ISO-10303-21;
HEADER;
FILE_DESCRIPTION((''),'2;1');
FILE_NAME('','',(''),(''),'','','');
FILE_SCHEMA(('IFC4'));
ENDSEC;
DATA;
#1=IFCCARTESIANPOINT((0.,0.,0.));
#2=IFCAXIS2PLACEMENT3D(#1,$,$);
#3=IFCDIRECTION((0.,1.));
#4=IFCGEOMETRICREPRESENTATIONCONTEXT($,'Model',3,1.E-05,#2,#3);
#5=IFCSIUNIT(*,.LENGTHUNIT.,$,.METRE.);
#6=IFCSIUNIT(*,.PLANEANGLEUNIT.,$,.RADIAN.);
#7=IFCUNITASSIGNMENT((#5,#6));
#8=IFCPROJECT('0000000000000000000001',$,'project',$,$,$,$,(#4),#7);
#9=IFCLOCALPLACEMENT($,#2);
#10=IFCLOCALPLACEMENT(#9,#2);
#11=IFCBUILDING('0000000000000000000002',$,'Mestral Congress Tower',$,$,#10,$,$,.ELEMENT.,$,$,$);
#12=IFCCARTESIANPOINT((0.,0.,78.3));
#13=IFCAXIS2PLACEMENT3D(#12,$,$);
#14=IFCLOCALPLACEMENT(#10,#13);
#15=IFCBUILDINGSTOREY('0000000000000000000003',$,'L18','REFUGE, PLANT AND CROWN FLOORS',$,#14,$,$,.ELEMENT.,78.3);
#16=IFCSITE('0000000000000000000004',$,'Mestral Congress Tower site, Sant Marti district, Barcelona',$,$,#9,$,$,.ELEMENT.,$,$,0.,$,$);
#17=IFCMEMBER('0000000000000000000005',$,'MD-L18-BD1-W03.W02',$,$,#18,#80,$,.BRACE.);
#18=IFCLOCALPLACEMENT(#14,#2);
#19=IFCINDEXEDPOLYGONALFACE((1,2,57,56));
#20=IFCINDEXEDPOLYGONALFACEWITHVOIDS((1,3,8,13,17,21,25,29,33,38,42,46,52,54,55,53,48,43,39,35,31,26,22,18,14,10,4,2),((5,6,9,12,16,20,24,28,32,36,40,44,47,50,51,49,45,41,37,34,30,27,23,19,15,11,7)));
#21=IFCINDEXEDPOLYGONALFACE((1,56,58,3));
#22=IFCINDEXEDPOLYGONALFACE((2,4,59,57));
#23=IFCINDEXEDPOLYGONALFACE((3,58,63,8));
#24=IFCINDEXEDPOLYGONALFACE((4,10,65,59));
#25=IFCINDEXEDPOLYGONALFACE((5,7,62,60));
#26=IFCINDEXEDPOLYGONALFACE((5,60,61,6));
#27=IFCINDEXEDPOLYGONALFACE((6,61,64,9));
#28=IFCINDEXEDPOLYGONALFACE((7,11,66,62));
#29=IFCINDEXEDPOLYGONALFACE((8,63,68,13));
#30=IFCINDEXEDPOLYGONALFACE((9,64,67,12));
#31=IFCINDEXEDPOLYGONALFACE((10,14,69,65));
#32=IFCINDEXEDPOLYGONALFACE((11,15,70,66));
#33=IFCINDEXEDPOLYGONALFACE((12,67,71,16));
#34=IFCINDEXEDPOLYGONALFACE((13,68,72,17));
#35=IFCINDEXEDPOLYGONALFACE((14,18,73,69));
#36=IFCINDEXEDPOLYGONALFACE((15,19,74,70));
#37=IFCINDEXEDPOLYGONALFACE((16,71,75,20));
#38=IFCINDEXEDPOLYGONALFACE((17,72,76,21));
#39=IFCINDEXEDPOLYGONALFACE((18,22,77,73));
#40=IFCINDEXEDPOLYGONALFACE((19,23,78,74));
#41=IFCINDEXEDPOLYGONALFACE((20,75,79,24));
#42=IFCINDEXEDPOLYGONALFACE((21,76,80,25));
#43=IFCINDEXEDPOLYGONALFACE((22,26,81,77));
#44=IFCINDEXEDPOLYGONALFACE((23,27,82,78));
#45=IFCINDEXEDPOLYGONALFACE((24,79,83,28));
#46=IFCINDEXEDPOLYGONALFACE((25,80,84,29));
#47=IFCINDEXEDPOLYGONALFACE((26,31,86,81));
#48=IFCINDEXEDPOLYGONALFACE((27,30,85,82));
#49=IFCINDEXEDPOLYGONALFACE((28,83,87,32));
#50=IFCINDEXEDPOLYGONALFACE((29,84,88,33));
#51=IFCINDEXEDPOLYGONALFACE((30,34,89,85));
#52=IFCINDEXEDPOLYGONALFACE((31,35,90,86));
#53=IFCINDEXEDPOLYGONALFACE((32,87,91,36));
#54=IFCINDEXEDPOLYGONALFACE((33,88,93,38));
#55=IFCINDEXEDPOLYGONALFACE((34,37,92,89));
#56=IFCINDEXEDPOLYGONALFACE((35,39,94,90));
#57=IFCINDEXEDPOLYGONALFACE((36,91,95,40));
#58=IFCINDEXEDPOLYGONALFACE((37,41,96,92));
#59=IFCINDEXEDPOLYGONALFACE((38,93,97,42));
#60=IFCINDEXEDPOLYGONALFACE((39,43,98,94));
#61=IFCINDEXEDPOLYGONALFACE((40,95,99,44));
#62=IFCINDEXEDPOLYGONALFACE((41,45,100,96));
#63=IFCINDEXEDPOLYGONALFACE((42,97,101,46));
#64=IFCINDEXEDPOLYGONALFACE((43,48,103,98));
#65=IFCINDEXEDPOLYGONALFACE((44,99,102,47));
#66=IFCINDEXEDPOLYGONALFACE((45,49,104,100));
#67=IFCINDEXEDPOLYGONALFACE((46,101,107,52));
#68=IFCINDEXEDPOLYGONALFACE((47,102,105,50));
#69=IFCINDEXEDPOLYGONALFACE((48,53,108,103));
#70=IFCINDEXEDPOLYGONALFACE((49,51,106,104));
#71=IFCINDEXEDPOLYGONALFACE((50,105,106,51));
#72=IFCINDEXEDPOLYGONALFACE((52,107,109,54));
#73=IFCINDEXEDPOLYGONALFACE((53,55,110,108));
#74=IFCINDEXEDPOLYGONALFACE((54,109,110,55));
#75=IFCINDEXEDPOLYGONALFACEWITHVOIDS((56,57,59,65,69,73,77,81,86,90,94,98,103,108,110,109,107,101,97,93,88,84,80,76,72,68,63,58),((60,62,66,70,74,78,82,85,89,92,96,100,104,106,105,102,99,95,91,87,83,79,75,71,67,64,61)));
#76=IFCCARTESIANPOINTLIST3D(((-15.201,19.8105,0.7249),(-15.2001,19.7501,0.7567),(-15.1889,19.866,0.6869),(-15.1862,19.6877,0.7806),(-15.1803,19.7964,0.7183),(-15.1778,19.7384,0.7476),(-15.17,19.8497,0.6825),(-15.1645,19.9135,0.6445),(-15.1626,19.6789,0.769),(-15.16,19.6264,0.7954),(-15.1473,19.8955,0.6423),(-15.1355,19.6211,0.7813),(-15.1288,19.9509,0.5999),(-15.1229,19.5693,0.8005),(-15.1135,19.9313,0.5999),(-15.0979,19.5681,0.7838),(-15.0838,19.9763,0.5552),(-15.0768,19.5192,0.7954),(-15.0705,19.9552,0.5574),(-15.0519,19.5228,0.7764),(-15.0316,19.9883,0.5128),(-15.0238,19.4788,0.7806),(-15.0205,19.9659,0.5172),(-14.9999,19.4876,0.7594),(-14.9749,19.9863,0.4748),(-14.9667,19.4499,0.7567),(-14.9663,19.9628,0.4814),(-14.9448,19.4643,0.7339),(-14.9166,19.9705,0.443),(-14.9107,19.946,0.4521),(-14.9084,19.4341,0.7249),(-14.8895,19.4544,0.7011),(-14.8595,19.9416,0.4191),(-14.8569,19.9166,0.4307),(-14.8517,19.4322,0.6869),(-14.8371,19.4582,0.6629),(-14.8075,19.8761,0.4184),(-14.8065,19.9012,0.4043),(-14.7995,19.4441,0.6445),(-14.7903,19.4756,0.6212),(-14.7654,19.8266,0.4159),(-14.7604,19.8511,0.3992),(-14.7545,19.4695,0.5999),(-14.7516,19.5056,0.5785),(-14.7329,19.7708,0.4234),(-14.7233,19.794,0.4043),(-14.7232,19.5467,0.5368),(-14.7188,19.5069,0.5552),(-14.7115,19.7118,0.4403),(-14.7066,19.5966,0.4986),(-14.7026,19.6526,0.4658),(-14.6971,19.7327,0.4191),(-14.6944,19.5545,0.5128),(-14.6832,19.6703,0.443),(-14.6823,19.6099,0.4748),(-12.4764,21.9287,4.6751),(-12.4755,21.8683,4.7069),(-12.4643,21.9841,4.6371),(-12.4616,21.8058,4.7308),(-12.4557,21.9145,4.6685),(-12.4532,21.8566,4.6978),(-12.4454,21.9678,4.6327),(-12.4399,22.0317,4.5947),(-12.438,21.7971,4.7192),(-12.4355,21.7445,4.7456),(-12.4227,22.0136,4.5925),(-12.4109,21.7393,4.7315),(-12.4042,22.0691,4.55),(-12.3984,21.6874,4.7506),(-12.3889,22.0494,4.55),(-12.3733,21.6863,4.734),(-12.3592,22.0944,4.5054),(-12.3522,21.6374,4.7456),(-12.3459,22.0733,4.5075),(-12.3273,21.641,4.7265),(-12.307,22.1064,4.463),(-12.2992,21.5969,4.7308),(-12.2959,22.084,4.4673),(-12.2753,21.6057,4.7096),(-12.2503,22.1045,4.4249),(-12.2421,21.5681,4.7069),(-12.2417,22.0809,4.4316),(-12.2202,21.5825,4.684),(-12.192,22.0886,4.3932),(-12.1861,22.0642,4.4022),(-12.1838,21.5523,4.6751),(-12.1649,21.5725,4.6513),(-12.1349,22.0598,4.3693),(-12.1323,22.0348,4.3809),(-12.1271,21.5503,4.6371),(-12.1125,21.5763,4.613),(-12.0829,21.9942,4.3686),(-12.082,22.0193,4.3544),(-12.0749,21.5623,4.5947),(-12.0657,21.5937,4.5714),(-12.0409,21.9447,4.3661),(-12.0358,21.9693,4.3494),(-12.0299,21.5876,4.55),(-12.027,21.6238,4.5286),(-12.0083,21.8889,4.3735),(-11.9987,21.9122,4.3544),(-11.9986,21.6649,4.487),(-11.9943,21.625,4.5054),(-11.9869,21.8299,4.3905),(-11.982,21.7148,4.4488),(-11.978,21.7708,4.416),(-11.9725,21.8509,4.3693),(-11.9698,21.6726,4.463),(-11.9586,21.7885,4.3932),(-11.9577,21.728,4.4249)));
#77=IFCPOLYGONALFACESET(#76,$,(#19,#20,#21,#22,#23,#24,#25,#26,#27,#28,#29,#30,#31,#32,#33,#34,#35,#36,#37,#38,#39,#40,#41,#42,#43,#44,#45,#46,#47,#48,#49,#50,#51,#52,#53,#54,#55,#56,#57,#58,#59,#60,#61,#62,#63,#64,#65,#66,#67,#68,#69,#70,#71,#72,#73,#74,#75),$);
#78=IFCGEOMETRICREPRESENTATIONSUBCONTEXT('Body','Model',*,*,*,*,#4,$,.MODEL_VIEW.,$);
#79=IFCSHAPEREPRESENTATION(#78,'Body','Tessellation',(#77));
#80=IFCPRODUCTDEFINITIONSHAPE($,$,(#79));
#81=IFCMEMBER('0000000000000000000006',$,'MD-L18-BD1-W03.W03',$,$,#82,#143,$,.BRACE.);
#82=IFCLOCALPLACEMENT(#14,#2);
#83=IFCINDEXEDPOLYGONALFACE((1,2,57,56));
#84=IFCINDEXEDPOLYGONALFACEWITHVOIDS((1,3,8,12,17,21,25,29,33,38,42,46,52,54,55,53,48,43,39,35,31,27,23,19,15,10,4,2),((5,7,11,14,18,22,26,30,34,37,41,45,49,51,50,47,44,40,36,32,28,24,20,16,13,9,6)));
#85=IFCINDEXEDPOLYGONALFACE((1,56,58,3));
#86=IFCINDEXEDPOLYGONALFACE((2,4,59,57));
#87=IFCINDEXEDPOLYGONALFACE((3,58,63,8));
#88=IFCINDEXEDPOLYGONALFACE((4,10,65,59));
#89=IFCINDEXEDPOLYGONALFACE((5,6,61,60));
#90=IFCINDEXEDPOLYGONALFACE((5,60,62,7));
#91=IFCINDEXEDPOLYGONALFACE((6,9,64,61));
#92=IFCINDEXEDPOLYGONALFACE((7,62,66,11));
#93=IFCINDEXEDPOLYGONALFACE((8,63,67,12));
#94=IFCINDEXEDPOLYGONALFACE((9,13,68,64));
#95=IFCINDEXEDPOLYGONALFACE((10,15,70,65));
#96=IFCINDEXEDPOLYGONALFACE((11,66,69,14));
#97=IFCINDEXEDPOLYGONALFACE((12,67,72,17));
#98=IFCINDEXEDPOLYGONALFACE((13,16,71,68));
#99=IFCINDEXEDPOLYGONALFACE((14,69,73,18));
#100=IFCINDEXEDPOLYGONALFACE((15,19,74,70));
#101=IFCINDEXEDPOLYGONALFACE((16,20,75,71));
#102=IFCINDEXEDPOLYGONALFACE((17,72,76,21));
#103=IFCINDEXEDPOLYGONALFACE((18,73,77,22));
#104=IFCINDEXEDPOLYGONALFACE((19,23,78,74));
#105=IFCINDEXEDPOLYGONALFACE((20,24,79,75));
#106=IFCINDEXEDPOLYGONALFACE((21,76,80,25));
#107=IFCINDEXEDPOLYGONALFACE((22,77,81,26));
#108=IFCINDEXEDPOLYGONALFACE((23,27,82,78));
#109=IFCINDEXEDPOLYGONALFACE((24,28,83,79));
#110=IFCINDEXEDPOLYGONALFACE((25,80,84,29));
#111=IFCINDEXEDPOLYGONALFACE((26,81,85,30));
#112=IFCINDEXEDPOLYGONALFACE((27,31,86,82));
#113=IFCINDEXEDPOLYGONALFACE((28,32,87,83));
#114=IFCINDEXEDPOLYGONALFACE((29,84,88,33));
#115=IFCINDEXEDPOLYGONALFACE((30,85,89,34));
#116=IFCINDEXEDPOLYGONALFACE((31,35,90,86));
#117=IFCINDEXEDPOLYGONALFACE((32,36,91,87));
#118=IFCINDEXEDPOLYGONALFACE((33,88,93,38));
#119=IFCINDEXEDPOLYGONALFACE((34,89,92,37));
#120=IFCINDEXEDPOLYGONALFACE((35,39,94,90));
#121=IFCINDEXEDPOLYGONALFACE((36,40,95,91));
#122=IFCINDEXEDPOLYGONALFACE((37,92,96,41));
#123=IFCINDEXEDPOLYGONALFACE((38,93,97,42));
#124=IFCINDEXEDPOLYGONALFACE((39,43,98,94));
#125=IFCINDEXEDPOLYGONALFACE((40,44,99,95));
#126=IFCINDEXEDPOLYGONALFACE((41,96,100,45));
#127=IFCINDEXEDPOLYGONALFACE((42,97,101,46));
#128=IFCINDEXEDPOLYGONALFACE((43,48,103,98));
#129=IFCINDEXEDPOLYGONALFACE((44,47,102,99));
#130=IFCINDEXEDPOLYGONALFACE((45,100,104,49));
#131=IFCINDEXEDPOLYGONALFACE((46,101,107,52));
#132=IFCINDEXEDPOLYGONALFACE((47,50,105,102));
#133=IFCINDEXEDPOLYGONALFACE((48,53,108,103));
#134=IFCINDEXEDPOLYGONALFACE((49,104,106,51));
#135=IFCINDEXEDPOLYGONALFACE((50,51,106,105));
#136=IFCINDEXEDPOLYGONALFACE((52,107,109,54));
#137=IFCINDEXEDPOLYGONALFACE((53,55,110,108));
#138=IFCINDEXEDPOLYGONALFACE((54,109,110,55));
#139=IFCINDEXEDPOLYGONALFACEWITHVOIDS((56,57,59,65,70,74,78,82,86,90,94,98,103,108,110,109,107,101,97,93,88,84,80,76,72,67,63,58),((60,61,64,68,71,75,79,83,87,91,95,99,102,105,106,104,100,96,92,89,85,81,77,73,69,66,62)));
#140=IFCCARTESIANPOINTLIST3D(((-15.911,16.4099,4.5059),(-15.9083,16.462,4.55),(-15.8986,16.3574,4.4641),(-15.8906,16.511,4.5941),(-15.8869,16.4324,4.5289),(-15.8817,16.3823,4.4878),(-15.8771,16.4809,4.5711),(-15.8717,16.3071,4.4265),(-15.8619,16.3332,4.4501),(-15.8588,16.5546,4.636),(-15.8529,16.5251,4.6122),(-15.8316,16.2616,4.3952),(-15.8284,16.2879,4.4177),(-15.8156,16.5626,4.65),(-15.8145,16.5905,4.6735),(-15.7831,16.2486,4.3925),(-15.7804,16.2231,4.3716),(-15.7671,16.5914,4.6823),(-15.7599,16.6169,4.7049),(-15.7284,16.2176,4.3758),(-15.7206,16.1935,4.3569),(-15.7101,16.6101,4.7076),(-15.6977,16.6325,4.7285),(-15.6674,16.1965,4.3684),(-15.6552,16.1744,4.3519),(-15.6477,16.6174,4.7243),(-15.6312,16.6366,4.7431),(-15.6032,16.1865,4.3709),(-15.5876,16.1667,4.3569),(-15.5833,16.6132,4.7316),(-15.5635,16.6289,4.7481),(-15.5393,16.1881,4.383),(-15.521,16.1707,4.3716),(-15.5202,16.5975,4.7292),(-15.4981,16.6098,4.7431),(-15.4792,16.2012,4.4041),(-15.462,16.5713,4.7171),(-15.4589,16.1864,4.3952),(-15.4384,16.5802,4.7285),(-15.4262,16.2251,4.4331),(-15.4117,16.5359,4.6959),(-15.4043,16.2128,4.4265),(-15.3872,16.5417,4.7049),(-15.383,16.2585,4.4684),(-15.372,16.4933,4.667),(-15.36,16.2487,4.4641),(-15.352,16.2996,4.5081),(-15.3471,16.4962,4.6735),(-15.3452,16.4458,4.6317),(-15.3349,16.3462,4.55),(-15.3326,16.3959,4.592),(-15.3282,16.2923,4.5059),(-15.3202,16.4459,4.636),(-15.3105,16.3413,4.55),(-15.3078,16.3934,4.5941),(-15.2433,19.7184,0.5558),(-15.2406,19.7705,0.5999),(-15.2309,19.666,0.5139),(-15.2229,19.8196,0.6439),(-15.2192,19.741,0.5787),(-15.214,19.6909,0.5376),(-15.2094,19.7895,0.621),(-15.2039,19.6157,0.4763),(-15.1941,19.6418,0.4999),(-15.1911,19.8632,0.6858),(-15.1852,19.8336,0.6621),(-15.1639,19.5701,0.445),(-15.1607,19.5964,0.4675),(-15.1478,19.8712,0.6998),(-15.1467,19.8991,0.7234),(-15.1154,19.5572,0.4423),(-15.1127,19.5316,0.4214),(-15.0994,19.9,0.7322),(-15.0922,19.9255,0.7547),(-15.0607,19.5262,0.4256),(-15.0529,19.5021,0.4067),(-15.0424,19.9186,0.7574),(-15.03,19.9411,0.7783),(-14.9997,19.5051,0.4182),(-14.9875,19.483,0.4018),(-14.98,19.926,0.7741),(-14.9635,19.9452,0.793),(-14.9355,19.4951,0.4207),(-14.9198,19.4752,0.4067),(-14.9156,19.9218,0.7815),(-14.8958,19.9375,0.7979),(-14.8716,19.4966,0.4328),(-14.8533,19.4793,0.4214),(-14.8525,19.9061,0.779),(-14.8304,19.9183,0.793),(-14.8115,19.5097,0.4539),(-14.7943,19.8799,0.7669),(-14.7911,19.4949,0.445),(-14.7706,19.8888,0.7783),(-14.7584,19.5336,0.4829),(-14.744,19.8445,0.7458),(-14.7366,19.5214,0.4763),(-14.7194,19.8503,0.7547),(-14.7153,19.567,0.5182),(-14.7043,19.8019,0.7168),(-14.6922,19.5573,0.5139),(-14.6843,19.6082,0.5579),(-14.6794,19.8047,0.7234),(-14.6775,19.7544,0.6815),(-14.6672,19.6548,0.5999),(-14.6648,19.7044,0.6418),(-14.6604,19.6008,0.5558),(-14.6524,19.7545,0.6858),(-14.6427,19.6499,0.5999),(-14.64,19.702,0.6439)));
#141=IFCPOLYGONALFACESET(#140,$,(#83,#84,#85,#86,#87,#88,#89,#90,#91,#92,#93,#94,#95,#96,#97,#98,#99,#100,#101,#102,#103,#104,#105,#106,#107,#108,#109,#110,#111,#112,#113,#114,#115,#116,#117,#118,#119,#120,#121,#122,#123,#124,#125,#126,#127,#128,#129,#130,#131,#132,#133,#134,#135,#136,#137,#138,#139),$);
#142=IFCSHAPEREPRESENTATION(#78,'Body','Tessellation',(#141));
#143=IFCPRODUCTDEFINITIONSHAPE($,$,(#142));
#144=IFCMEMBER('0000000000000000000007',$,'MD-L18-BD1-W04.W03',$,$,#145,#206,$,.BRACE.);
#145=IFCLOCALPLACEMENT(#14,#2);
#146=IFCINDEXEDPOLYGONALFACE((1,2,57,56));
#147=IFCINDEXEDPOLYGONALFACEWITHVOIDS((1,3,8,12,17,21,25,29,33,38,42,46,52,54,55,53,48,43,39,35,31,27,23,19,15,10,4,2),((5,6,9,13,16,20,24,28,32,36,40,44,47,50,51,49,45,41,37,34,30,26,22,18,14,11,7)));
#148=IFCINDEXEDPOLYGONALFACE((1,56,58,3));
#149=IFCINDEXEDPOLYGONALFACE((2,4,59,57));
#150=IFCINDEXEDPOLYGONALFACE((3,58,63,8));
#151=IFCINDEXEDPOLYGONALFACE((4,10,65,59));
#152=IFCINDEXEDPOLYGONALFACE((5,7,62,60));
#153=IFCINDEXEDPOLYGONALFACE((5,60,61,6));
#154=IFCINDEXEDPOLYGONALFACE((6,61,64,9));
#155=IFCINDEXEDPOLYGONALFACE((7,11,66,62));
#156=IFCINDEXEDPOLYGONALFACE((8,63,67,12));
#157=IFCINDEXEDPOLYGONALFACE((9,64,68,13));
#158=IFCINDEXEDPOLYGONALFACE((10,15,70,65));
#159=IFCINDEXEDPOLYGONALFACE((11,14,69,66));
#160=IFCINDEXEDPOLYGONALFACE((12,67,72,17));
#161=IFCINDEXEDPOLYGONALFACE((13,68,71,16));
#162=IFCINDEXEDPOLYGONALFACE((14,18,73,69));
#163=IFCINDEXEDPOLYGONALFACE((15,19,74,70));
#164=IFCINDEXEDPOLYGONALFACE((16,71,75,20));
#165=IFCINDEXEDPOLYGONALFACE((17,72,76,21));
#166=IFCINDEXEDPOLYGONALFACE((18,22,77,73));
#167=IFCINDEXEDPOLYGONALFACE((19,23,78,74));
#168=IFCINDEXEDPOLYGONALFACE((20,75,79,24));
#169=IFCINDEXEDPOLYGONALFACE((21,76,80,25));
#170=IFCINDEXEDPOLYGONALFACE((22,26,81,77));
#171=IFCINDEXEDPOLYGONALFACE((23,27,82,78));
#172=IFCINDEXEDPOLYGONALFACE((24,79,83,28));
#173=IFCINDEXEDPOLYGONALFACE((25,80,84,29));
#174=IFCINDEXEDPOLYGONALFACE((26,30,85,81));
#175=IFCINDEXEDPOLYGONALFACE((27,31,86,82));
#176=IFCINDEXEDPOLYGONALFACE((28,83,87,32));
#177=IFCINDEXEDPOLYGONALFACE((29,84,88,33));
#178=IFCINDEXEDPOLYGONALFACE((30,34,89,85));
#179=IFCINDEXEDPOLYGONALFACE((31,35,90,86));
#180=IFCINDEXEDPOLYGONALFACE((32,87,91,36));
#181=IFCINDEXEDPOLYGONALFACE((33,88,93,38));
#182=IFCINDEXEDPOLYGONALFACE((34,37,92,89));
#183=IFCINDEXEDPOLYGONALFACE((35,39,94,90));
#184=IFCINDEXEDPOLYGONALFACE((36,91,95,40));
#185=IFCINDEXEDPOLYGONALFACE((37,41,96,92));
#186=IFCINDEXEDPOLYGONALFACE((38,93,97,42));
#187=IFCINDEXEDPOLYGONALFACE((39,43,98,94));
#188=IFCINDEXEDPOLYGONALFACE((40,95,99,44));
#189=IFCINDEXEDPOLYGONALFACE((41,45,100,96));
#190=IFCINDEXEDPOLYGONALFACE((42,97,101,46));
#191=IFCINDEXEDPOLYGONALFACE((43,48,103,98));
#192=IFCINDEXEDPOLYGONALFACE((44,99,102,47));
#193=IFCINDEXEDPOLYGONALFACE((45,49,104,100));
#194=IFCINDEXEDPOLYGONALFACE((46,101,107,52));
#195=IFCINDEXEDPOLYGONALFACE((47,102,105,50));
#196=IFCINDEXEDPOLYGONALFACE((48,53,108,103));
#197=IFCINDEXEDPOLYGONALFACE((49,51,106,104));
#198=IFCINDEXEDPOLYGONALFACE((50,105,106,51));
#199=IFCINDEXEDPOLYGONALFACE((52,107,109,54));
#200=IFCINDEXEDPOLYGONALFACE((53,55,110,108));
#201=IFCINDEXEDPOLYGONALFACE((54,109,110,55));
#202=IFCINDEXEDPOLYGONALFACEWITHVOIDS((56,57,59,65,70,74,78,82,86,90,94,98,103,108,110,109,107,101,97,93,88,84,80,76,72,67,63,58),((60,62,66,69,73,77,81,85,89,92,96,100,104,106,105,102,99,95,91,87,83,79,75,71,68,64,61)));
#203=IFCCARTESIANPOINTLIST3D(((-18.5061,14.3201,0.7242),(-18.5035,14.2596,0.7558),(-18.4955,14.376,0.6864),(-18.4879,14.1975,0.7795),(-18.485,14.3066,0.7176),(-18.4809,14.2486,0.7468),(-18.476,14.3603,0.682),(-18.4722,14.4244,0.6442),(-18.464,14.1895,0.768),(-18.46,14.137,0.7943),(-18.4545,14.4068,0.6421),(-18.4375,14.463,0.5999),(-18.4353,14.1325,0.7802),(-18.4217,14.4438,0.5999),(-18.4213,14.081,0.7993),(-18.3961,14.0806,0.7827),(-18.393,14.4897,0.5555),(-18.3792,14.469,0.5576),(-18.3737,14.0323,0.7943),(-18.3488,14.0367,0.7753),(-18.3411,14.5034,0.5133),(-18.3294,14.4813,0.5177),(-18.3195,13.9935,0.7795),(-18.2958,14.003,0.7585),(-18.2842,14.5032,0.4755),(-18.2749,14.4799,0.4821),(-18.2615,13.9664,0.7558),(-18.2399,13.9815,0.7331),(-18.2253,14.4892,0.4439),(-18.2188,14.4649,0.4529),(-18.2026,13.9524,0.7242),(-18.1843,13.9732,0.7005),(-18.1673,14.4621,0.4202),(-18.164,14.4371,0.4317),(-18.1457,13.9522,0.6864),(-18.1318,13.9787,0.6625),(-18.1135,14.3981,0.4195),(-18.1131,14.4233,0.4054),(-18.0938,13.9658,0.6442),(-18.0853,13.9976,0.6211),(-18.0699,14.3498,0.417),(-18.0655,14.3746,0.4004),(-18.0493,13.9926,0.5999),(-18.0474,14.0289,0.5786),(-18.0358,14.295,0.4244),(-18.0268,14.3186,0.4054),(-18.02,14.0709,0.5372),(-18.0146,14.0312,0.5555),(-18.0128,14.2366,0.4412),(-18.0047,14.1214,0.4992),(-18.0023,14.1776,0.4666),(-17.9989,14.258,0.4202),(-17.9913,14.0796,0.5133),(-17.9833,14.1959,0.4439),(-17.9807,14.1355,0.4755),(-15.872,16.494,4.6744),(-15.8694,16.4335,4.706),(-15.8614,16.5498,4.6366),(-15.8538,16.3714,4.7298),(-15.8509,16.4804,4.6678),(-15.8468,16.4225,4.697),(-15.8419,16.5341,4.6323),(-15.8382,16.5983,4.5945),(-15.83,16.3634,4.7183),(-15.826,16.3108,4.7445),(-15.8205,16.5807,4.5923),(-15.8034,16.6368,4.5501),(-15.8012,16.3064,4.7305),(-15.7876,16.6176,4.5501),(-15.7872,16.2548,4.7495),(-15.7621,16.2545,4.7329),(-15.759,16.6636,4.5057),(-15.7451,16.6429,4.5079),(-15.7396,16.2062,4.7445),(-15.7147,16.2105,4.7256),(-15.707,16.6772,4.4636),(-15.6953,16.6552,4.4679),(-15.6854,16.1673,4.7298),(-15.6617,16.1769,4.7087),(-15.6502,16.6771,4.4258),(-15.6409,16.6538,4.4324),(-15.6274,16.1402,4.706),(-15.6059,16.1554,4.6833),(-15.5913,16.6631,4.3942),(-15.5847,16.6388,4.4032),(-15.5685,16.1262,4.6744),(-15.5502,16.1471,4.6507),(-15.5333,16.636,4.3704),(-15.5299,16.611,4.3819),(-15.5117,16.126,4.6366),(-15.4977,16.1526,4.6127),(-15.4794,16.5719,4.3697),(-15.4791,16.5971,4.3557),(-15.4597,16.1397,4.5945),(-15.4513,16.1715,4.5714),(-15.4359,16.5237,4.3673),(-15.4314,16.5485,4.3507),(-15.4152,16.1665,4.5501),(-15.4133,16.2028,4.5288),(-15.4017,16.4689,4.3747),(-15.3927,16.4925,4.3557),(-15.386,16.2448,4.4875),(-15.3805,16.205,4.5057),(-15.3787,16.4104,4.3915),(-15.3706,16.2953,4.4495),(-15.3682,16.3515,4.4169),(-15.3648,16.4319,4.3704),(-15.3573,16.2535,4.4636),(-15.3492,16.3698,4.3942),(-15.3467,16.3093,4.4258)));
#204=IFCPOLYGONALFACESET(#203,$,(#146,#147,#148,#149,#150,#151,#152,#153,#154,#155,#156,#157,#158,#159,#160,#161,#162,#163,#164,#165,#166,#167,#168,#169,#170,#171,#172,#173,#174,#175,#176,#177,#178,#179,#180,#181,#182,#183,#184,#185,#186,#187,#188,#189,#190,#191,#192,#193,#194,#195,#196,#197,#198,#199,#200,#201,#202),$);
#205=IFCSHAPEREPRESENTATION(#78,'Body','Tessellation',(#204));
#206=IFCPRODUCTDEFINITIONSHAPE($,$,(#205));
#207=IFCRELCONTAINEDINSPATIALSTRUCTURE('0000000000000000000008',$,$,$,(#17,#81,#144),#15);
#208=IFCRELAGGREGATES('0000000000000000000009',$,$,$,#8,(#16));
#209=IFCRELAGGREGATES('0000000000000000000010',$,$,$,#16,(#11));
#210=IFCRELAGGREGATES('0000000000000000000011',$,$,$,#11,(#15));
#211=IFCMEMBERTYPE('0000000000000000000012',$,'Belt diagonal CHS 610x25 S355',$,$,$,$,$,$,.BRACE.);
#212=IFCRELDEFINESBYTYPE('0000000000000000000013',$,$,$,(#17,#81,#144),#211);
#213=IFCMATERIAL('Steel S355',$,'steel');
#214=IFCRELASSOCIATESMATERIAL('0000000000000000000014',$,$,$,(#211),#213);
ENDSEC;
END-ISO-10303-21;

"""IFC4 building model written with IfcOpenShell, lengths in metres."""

from ifc_helpers import new_model, si_unit, direction, frame, origin, origin_2d, place, context, subcontext, project, spatial, hollow_circle, extrude, material, material_profile, profile_set, type_object, element, save


model = new_model("IFC4")

# Units and contexts
model_context = context("Model", 3, precision=1e-05, world=origin(), true_north=direction((0.0, 1.0)))
body_context = subcontext(model_context, "Body", "Model", "MODEL_VIEW")
ifc_project = project(units=[si_unit("LENGTHUNIT", "METRE"), si_unit("PLANEANGLEUNIT", "RADIAN")], contexts=[model_context])

# Site, building, storey
site_placement = place(None, origin())
site = spatial("IfcSite", under=ifc_project, at=site_placement, Name="Mestral Congress Tower site, Sant Marti district, Barcelona", CompositionType="ELEMENT", RefElevation=0.0)
building_placement = place(site_placement, origin())
building = spatial("IfcBuilding", under=site, at=building_placement, Name="Mestral Congress Tower", CompositionType="ELEMENT")
storey_placement = place(building_placement, frame((0.0, 0.0, 78.3)))
storey = spatial("IfcBuildingStorey", under=building, at=storey_placement, Name="L18", Description="REFUGE, PLANT AND CROWN FLOORS", CompositionType="ELEMENT", Elevation=78.3)

# Members
ifc_material_1 = material(Name="Steel S355", Category="steel")
ifc_material_profile_1 = material_profile(ifc_material_1, hollow_circle(Radius=0.3049, WallThickness=0.0249, at=origin_2d()), Name="CHS 610x25")
ifc_profile_set_1 = profile_set([ifc_material_profile_1], Name="Steel S355")
member_type_1 = type_object("IfcMemberType", Name="Belt diagonal CHS 610x25 S355", PredefinedType="BRACE", material=ifc_profile_set_1)
member_1_placement = place(storey_placement, frame((-14.9417, 19.7102, 0.5999), z_axis=(0.519429, 0.403814, 0.753079), x_axis=(-0.613764, 0.789489, 0.0)))
element("IfcMember", 1, at=member_1_placement, inside=storey, type_object=member_type_1, Name="MD-L18-BD1-W03.W02", PredefinedType="BRACE", context=body_context, shape_type="SweptSolid", body=[
    extrude(hollow_circle(Radius=0.3049, WallThickness=0.0249, at=origin_2d()), origin(), (0.0, 0.0, 1.0), 5.2454),
])
member_2_placement = place(storey_placement, frame((-14.9417, 19.7102, 0.5999), z_axis=(-0.128512, -0.636778, 0.760262), x_axis=(0.980237, -0.197827, 0.0)))
element("IfcMember", 2, at=member_2_placement, inside=storey, type_object=member_type_1, Name="MD-L18-BD1-W03.W03", PredefinedType="BRACE", context=body_context, shape_type="SweptSolid", body=[
    extrude(hollow_circle(Radius=0.3049, WallThickness=0.0249, at=origin_2d()), origin(), (0.0, 0.0, 1.0), 5.1958),
])
member_3_placement = place(storey_placement, frame((-18.2434, 14.2278, 0.5999), z_axis=(0.504425, 0.416295, 0.756475), x_axis=(-0.636514, 0.771265, 0.0)))
element("IfcMember", 3, at=member_3_placement, inside=storey, type_object=member_type_1, Name="MD-L18-BD1-W04.W03", PredefinedType="BRACE", context=body_context, shape_type="SweptSolid", body=[
    extrude(hollow_circle(Radius=0.3049, WallThickness=0.0249, at=origin_2d()), origin(), (0.0, 0.0, 1.0), 5.2219),
])

save(model, "model.ifc")
